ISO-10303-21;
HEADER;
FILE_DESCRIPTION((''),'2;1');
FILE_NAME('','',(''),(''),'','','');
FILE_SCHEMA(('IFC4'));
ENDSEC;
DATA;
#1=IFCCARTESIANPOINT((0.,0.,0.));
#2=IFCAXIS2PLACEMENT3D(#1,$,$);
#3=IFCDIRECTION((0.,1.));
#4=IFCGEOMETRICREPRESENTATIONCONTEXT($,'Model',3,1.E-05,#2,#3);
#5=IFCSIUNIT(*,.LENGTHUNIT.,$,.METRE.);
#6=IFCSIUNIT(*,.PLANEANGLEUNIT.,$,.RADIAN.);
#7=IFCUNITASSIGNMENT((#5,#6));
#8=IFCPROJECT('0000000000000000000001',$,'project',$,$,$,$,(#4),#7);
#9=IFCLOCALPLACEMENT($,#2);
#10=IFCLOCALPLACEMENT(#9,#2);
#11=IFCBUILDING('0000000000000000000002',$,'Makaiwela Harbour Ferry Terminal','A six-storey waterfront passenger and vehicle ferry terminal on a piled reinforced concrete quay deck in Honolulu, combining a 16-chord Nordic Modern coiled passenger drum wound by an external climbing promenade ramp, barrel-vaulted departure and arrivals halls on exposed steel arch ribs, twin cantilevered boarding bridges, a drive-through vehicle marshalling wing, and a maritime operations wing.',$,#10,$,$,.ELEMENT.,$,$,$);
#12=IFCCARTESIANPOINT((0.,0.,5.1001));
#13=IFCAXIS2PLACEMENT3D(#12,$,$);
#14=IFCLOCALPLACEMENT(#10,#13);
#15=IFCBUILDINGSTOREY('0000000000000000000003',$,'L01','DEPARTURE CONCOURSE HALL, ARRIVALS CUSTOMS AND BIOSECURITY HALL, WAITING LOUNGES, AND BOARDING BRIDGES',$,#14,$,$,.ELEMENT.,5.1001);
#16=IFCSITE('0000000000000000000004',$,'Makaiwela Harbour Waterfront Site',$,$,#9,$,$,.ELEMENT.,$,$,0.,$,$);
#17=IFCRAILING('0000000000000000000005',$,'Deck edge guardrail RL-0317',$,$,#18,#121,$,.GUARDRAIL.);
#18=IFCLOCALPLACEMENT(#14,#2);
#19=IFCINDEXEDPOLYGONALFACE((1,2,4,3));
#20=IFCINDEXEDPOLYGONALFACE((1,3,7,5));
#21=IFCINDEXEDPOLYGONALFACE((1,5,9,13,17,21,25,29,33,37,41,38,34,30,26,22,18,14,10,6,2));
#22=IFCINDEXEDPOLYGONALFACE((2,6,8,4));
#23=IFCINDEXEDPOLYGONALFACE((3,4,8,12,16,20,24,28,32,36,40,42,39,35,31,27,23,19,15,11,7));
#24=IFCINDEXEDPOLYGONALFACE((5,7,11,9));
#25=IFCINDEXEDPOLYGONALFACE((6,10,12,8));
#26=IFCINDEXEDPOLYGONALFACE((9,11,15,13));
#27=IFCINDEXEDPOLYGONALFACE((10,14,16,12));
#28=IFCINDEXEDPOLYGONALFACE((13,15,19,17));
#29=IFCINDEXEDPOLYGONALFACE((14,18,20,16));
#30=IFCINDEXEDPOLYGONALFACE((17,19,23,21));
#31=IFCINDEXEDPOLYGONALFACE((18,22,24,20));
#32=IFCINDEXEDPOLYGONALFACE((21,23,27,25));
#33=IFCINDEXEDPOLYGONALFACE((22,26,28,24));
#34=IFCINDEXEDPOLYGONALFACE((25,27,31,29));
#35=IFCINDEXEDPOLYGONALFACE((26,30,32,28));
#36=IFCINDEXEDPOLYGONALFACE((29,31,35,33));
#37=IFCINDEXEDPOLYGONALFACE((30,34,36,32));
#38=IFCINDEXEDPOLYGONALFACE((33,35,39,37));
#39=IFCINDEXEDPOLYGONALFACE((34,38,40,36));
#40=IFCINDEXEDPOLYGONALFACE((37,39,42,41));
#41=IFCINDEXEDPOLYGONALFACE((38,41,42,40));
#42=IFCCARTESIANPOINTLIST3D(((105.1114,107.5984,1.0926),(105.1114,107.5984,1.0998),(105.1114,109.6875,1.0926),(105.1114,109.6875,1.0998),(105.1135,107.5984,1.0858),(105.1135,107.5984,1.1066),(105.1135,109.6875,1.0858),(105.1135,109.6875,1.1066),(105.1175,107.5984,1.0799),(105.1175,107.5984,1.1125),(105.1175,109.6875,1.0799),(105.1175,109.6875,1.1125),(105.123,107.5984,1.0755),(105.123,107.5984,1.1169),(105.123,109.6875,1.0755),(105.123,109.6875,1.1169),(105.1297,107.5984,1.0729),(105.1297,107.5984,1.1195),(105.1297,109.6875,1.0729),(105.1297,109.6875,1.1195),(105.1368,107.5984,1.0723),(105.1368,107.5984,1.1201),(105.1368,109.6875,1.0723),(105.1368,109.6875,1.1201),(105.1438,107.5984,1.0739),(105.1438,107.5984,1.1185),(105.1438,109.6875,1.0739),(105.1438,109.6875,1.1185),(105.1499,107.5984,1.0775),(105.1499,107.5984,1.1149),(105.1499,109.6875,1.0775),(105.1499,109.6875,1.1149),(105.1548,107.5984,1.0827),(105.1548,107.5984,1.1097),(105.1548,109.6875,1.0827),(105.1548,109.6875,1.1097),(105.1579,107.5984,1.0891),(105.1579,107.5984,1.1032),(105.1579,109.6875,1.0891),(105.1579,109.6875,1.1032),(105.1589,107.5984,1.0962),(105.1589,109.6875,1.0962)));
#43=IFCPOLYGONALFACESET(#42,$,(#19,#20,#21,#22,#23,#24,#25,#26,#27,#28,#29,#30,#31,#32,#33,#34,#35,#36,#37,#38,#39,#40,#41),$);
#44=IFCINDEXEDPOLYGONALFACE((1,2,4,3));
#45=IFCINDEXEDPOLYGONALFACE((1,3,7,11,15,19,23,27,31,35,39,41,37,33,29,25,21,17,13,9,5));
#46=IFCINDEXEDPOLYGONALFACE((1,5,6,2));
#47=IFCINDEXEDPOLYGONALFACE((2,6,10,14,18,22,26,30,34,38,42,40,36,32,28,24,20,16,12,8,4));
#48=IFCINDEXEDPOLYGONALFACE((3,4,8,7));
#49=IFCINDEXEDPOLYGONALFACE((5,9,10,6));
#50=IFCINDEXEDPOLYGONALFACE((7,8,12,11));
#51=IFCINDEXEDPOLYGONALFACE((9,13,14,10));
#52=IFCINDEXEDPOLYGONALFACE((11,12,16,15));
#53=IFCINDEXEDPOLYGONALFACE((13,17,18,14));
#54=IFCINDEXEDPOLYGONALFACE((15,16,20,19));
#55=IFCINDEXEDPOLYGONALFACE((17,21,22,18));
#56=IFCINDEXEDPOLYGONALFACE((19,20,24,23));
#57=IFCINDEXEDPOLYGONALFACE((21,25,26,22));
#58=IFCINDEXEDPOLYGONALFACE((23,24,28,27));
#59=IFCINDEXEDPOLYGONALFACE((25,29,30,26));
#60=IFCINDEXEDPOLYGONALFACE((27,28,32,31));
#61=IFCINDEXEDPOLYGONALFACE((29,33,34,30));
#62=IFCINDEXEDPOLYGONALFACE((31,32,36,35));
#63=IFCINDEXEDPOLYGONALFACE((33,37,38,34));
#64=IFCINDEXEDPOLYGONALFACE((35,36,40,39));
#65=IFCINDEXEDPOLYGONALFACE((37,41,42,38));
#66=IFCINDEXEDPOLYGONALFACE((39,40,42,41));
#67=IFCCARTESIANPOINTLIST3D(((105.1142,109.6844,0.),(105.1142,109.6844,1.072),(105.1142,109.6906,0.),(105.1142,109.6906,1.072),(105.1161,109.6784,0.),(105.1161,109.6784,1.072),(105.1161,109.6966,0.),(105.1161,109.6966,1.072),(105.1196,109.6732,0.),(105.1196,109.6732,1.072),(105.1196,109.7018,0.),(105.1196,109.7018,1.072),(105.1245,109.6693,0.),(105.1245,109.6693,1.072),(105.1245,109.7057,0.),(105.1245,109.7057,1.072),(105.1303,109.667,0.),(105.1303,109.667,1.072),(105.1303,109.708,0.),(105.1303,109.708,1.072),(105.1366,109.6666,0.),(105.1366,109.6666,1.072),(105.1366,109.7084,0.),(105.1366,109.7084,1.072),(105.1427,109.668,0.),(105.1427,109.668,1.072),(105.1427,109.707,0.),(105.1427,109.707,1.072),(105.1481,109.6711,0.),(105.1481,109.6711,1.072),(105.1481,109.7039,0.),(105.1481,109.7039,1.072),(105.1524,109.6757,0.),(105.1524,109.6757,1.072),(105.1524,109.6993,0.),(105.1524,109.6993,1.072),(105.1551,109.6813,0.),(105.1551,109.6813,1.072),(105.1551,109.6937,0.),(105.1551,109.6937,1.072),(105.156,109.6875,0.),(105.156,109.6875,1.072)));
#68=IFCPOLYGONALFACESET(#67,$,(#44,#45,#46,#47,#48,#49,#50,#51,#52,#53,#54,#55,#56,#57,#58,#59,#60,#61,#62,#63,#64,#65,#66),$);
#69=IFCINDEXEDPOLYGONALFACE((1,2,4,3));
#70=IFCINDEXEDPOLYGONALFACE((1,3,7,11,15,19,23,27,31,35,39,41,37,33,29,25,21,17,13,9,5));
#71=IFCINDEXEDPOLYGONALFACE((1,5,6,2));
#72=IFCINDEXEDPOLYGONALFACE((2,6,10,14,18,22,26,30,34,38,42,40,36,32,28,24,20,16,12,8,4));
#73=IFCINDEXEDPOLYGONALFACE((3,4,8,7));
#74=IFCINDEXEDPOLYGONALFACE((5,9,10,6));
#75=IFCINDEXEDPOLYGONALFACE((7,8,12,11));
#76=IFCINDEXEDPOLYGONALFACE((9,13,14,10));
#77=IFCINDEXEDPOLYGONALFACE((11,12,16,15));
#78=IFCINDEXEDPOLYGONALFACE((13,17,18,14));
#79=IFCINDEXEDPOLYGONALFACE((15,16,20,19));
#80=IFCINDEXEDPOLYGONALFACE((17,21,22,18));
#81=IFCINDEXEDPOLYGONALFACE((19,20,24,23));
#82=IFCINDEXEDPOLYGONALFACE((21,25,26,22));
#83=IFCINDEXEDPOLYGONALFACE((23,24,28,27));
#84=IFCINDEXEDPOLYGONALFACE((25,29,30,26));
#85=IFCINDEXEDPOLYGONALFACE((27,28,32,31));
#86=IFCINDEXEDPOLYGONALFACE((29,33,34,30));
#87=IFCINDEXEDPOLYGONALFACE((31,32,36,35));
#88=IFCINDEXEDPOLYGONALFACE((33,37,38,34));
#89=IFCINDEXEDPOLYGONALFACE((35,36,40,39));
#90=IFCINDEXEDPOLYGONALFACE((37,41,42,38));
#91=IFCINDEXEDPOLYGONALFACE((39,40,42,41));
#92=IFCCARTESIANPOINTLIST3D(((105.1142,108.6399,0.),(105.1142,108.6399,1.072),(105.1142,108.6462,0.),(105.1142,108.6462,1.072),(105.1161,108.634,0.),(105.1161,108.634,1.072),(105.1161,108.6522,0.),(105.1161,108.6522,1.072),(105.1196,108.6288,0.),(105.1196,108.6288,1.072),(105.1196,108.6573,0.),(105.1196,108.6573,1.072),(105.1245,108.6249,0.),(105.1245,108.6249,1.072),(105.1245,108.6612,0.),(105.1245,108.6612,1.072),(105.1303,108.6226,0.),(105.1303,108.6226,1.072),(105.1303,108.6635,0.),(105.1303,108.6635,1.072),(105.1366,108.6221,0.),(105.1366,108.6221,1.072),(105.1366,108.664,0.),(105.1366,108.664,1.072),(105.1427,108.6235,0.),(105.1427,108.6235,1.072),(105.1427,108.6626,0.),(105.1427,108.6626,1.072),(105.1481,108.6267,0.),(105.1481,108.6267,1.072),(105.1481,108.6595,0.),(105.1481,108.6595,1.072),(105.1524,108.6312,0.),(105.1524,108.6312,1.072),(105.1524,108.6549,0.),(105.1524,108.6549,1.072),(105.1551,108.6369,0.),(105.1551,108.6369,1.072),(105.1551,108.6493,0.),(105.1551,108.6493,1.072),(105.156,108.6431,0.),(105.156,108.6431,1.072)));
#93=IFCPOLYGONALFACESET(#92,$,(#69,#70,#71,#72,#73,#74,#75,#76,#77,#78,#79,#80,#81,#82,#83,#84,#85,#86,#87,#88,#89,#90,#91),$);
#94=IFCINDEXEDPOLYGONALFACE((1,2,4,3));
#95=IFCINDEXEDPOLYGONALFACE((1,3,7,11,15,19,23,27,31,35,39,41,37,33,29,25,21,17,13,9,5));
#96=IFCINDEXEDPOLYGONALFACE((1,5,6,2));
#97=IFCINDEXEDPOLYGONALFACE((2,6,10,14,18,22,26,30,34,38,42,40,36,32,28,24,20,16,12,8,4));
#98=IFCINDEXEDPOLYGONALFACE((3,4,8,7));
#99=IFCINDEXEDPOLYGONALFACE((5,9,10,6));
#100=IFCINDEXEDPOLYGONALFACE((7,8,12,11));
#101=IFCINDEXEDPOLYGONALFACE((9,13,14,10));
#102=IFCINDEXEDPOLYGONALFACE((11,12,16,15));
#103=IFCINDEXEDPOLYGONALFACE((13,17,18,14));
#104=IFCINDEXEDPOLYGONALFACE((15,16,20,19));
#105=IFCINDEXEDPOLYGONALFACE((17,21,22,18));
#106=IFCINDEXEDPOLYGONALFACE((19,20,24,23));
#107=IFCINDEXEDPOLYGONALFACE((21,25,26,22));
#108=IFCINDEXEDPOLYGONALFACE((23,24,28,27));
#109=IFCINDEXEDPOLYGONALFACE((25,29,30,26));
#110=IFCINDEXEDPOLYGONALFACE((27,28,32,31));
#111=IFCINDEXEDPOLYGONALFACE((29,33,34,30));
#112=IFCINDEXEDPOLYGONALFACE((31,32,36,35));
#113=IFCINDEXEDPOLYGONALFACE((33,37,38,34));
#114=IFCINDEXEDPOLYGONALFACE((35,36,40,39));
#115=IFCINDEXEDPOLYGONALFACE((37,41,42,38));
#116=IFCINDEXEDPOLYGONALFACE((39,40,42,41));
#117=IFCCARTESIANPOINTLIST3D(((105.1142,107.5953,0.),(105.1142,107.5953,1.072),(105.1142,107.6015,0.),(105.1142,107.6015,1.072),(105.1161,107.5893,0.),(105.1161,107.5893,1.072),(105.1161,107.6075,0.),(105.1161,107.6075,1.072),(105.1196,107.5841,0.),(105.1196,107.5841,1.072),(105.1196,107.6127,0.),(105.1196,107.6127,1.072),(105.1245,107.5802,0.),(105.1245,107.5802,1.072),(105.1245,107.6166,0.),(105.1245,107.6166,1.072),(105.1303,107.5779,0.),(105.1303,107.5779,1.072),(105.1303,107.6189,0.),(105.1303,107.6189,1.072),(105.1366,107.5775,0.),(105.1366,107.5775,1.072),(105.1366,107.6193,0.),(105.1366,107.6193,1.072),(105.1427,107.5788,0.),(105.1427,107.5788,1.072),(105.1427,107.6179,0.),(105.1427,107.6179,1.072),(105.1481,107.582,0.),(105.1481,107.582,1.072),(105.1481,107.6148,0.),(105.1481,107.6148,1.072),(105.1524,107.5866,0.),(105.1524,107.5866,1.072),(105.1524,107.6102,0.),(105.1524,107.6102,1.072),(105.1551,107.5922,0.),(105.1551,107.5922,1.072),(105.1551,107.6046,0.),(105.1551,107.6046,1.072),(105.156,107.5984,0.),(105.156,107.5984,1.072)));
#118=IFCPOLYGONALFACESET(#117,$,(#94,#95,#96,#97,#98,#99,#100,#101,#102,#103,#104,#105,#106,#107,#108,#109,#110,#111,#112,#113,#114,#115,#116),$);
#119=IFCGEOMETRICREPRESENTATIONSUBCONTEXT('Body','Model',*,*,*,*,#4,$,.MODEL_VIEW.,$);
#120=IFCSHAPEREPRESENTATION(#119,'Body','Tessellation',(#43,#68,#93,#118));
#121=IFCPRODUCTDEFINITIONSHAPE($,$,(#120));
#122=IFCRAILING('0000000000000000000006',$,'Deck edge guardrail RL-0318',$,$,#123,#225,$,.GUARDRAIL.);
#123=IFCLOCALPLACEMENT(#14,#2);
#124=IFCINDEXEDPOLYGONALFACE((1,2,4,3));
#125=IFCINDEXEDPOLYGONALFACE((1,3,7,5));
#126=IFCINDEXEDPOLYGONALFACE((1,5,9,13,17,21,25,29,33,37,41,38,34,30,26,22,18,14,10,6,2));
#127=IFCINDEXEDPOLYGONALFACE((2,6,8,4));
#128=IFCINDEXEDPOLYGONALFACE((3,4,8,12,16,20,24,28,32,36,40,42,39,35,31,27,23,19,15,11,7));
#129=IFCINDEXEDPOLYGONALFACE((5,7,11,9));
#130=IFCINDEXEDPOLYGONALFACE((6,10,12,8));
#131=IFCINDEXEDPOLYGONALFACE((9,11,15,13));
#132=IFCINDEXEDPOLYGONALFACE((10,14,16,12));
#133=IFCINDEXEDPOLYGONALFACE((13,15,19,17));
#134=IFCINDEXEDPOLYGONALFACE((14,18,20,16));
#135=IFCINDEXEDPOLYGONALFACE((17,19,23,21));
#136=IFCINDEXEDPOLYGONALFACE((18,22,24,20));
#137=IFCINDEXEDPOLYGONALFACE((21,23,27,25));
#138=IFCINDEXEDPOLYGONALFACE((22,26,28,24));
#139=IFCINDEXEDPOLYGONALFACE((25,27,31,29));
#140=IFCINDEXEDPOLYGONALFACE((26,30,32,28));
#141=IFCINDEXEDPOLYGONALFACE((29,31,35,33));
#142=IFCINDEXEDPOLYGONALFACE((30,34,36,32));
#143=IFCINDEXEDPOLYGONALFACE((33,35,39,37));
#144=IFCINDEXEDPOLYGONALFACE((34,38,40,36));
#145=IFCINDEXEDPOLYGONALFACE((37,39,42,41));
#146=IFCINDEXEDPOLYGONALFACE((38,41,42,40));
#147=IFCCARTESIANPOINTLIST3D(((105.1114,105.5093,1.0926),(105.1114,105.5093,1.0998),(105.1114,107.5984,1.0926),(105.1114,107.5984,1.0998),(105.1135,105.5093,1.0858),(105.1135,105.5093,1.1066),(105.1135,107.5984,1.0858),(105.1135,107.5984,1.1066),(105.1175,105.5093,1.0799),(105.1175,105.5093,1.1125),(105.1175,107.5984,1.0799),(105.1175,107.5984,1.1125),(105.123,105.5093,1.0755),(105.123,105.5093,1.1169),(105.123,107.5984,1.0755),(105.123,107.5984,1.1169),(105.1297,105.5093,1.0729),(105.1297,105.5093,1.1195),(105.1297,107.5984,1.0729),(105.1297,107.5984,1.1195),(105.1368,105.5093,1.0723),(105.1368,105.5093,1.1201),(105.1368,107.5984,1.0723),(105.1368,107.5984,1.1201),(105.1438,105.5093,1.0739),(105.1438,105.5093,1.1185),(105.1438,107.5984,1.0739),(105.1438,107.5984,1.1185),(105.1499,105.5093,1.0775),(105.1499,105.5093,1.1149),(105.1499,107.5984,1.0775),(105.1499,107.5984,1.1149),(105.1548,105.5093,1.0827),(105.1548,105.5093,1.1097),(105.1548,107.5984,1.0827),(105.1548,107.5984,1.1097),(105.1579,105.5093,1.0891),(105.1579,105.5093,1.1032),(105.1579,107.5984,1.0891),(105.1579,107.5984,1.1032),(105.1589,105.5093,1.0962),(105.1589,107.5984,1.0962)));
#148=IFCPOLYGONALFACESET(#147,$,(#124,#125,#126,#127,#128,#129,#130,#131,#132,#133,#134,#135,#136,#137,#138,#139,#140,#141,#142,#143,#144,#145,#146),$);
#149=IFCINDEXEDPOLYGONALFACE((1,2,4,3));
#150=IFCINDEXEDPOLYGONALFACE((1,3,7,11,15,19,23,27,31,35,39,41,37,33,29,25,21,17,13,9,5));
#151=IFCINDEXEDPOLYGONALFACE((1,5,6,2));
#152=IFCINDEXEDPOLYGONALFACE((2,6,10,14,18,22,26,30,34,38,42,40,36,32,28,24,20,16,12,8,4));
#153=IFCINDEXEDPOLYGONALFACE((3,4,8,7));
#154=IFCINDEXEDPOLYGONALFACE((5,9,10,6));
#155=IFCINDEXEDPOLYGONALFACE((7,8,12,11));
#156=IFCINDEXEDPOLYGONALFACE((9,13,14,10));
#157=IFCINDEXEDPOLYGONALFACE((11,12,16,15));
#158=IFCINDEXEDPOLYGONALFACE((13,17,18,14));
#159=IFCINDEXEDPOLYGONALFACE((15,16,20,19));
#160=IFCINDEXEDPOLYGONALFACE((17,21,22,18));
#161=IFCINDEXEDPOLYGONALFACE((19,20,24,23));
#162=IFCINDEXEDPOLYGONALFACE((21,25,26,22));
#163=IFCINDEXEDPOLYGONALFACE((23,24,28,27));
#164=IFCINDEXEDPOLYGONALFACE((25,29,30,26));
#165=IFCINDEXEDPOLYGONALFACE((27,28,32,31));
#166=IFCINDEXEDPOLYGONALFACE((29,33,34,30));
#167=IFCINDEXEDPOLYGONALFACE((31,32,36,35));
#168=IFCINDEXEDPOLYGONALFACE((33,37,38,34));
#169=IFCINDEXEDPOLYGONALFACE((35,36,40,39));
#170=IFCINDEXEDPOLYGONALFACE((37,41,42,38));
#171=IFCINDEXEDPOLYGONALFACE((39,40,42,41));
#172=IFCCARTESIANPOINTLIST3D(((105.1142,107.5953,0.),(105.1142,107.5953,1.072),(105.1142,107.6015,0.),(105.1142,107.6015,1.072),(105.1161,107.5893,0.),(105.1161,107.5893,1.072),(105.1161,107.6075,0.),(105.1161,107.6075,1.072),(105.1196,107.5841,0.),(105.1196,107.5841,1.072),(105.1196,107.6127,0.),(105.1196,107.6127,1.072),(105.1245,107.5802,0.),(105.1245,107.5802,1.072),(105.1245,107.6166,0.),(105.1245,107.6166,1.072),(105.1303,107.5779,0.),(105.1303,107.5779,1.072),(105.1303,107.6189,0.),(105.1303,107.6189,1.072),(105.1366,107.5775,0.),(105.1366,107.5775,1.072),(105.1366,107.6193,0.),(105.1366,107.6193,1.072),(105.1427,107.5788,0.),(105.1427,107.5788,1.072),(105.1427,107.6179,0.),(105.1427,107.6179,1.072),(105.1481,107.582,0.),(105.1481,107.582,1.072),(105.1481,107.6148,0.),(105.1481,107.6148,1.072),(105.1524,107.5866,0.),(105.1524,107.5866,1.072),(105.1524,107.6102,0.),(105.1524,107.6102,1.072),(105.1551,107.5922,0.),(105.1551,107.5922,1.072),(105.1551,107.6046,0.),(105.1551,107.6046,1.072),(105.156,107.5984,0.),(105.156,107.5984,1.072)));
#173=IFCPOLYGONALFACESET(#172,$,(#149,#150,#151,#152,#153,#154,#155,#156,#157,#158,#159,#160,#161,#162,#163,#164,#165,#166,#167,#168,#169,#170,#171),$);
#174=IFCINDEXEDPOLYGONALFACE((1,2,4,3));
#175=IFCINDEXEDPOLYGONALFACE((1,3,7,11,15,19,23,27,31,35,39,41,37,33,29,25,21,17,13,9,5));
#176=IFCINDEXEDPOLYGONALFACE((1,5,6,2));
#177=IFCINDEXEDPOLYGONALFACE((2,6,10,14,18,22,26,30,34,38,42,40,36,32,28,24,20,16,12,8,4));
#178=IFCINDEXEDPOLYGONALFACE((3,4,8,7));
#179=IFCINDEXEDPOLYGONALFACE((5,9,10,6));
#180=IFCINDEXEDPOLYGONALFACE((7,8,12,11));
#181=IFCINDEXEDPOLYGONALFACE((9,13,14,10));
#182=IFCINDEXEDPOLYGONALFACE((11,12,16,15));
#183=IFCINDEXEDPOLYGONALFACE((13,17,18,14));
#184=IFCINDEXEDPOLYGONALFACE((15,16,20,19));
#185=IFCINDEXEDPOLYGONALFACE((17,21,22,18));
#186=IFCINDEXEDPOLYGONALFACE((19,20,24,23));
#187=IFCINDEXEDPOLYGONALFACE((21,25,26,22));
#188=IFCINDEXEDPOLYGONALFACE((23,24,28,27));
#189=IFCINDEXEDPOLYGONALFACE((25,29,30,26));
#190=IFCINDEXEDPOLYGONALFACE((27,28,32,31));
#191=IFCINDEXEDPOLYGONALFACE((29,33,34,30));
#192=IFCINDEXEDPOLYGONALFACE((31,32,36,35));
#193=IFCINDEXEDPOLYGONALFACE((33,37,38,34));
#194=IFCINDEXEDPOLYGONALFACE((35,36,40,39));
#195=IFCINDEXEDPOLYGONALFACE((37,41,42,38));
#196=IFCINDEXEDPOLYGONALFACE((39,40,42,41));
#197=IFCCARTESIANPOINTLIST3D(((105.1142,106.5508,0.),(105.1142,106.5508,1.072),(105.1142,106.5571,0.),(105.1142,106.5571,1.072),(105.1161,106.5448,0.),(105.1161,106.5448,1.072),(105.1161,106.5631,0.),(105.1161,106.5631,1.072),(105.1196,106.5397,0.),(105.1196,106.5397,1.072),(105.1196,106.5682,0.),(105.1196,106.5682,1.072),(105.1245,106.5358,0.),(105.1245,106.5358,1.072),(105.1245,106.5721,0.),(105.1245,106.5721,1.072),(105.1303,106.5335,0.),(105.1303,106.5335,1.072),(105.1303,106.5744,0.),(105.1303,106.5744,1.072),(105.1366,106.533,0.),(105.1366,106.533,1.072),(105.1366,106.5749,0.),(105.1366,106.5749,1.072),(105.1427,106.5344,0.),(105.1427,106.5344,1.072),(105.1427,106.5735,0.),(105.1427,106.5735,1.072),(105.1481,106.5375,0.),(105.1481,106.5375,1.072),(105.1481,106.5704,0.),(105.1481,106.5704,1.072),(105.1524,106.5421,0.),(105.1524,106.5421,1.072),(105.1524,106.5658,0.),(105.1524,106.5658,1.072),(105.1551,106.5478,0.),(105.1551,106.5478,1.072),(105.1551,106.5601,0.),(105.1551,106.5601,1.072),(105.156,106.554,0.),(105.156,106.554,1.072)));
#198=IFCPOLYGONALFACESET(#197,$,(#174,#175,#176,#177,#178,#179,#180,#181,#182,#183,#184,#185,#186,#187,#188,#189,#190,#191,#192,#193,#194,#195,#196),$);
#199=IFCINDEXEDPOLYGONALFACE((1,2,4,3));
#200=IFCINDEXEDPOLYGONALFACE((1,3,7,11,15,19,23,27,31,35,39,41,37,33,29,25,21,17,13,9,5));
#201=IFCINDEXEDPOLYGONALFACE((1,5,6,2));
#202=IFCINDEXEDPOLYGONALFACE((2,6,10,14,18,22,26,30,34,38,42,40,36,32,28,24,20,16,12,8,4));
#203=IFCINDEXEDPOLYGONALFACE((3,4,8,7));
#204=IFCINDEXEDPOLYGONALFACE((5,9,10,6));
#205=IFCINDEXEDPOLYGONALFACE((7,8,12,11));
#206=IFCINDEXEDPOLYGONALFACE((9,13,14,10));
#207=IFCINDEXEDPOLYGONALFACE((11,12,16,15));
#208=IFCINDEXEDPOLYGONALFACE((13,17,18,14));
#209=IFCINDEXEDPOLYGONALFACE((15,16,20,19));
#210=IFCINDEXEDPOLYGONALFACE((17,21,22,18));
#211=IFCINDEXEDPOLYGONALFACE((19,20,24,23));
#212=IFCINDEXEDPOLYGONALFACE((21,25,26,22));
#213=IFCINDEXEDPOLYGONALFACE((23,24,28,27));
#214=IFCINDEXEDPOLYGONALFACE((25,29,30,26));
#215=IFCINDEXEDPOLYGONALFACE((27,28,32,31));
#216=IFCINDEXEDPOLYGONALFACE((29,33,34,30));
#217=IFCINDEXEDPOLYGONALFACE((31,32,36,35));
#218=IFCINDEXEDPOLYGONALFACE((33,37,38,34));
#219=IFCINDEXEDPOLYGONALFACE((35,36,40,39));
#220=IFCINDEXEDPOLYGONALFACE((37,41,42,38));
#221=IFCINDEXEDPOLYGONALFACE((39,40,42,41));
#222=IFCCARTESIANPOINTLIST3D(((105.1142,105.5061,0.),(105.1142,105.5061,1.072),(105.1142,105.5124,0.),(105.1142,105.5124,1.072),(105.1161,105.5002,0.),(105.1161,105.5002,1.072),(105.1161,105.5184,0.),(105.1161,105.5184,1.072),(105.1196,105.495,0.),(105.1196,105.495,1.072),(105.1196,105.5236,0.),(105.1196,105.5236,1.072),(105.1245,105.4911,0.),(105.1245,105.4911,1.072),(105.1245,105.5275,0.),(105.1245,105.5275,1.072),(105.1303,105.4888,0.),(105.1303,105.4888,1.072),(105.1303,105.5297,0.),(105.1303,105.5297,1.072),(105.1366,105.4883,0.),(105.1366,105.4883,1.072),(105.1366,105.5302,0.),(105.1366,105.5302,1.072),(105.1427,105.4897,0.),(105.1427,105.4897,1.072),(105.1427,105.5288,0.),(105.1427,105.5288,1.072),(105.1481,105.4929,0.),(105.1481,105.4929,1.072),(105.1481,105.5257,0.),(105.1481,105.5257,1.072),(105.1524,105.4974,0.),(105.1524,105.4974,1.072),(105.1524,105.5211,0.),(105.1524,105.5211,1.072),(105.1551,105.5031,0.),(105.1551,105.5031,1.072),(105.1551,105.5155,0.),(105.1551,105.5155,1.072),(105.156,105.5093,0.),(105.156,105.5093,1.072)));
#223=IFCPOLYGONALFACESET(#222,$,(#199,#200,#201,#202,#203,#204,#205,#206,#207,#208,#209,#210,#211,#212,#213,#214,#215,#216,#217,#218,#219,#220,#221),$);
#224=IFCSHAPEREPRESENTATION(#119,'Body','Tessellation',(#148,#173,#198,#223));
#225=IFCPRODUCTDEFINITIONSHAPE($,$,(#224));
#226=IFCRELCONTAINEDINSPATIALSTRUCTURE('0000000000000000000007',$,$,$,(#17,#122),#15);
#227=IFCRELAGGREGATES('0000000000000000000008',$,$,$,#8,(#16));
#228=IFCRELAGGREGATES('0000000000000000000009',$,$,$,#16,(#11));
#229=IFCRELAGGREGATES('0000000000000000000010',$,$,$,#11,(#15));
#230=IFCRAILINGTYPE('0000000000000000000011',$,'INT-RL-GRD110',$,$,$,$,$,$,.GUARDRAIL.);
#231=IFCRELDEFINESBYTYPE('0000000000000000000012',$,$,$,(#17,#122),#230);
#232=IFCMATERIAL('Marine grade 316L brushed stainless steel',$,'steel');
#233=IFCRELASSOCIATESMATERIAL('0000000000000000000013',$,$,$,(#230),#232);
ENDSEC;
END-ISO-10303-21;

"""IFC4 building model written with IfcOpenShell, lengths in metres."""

from ifc_helpers import new_model, si_unit, direction, frame, origin, origin_2d, place, context, subcontext, project, spatial, circle, extrude, material, type_object, element, save


model = new_model("IFC4")

# Units and contexts
model_context = context("Model", 3, precision=1e-05, world=origin(), true_north=direction((0.0, 1.0)))
body_context = subcontext(model_context, "Body", "Model", "MODEL_VIEW")
ifc_project = project(units=[si_unit("LENGTHUNIT", "METRE"), si_unit("PLANEANGLEUNIT", "RADIAN")], contexts=[model_context])

# Site, building, storey
site_placement = place(None, origin())
site = spatial("IfcSite", under=ifc_project, at=site_placement, Name="Makaiwela Harbour Waterfront Site", CompositionType="ELEMENT", RefElevation=0.0)
building_placement = place(site_placement, origin())
building = spatial("IfcBuilding", under=site, at=building_placement, Name="Makaiwela Harbour Ferry Terminal", Description="A six-storey waterfront passenger and vehicle ferry terminal on a piled reinforced concrete quay deck in Honolulu, combining a 16-chord Nordic Modern coiled passenger drum wound by an external climbing promenade ramp, barrel-vaulted departure and arrivals halls on exposed steel arch ribs, twin cantilevered boarding bridges, a drive-through vehicle marshalling wing, and a maritime operations wing.", CompositionType="ELEMENT")
storey_placement = place(building_placement, frame((0.0, 0.0, 5.1001)))
storey = spatial("IfcBuildingStorey", under=building, at=storey_placement, Name="L01", Description="DEPARTURE CONCOURSE HALL, ARRIVALS CUSTOMS AND BIOSECURITY HALL, WAITING LOUNGES, AND BOARDING BRIDGES", CompositionType="ELEMENT", Elevation=5.1001)

# Railings
ifc_material_1 = material(Name="Marine grade 316L brushed stainless steel", Category="steel")
railing_type = type_object("IfcRailingType", Name="INT-RL-GRD110", PredefinedType="GUARDRAIL", material=ifc_material_1)
for number, where, name in (
    (1, (105.135, 109.6875, 0.0), "Deck edge guardrail RL-0317"),
    (2, (105.135, 107.5984, 0.0), "Deck edge guardrail RL-0318"),
):
    element("IfcRailing", number, at=place(storey_placement, frame(where)), inside=storey, type_object=railing_type, Name=name, PredefinedType="GUARDRAIL", context=body_context, shape_type="SweptSolid", body=[
        extrude(circle(Radius=0.0239, at=origin_2d()), frame((0.0, 0.0, 1.0962), z_axis=(0.0, -1.0, 0.0), x_axis=(1.0, 0.0, 0.0)), (0.0, 0.0, 1.0), 2.0891),
        extrude(circle(Radius=0.021, at=origin_2d()), origin(), (0.0, 0.0, 1.0), 1.072),
        extrude(circle(Radius=0.021, at=origin_2d()), frame((0.0, -1.0444, 0.0)), (0.0, 0.0, 1.0), 1.072),
        extrude(circle(Radius=0.021, at=origin_2d()), frame((0.0, -2.0891, 0.0)), (0.0, 0.0, 1.0), 1.072),
    ])

save(model, "model.ifc")
